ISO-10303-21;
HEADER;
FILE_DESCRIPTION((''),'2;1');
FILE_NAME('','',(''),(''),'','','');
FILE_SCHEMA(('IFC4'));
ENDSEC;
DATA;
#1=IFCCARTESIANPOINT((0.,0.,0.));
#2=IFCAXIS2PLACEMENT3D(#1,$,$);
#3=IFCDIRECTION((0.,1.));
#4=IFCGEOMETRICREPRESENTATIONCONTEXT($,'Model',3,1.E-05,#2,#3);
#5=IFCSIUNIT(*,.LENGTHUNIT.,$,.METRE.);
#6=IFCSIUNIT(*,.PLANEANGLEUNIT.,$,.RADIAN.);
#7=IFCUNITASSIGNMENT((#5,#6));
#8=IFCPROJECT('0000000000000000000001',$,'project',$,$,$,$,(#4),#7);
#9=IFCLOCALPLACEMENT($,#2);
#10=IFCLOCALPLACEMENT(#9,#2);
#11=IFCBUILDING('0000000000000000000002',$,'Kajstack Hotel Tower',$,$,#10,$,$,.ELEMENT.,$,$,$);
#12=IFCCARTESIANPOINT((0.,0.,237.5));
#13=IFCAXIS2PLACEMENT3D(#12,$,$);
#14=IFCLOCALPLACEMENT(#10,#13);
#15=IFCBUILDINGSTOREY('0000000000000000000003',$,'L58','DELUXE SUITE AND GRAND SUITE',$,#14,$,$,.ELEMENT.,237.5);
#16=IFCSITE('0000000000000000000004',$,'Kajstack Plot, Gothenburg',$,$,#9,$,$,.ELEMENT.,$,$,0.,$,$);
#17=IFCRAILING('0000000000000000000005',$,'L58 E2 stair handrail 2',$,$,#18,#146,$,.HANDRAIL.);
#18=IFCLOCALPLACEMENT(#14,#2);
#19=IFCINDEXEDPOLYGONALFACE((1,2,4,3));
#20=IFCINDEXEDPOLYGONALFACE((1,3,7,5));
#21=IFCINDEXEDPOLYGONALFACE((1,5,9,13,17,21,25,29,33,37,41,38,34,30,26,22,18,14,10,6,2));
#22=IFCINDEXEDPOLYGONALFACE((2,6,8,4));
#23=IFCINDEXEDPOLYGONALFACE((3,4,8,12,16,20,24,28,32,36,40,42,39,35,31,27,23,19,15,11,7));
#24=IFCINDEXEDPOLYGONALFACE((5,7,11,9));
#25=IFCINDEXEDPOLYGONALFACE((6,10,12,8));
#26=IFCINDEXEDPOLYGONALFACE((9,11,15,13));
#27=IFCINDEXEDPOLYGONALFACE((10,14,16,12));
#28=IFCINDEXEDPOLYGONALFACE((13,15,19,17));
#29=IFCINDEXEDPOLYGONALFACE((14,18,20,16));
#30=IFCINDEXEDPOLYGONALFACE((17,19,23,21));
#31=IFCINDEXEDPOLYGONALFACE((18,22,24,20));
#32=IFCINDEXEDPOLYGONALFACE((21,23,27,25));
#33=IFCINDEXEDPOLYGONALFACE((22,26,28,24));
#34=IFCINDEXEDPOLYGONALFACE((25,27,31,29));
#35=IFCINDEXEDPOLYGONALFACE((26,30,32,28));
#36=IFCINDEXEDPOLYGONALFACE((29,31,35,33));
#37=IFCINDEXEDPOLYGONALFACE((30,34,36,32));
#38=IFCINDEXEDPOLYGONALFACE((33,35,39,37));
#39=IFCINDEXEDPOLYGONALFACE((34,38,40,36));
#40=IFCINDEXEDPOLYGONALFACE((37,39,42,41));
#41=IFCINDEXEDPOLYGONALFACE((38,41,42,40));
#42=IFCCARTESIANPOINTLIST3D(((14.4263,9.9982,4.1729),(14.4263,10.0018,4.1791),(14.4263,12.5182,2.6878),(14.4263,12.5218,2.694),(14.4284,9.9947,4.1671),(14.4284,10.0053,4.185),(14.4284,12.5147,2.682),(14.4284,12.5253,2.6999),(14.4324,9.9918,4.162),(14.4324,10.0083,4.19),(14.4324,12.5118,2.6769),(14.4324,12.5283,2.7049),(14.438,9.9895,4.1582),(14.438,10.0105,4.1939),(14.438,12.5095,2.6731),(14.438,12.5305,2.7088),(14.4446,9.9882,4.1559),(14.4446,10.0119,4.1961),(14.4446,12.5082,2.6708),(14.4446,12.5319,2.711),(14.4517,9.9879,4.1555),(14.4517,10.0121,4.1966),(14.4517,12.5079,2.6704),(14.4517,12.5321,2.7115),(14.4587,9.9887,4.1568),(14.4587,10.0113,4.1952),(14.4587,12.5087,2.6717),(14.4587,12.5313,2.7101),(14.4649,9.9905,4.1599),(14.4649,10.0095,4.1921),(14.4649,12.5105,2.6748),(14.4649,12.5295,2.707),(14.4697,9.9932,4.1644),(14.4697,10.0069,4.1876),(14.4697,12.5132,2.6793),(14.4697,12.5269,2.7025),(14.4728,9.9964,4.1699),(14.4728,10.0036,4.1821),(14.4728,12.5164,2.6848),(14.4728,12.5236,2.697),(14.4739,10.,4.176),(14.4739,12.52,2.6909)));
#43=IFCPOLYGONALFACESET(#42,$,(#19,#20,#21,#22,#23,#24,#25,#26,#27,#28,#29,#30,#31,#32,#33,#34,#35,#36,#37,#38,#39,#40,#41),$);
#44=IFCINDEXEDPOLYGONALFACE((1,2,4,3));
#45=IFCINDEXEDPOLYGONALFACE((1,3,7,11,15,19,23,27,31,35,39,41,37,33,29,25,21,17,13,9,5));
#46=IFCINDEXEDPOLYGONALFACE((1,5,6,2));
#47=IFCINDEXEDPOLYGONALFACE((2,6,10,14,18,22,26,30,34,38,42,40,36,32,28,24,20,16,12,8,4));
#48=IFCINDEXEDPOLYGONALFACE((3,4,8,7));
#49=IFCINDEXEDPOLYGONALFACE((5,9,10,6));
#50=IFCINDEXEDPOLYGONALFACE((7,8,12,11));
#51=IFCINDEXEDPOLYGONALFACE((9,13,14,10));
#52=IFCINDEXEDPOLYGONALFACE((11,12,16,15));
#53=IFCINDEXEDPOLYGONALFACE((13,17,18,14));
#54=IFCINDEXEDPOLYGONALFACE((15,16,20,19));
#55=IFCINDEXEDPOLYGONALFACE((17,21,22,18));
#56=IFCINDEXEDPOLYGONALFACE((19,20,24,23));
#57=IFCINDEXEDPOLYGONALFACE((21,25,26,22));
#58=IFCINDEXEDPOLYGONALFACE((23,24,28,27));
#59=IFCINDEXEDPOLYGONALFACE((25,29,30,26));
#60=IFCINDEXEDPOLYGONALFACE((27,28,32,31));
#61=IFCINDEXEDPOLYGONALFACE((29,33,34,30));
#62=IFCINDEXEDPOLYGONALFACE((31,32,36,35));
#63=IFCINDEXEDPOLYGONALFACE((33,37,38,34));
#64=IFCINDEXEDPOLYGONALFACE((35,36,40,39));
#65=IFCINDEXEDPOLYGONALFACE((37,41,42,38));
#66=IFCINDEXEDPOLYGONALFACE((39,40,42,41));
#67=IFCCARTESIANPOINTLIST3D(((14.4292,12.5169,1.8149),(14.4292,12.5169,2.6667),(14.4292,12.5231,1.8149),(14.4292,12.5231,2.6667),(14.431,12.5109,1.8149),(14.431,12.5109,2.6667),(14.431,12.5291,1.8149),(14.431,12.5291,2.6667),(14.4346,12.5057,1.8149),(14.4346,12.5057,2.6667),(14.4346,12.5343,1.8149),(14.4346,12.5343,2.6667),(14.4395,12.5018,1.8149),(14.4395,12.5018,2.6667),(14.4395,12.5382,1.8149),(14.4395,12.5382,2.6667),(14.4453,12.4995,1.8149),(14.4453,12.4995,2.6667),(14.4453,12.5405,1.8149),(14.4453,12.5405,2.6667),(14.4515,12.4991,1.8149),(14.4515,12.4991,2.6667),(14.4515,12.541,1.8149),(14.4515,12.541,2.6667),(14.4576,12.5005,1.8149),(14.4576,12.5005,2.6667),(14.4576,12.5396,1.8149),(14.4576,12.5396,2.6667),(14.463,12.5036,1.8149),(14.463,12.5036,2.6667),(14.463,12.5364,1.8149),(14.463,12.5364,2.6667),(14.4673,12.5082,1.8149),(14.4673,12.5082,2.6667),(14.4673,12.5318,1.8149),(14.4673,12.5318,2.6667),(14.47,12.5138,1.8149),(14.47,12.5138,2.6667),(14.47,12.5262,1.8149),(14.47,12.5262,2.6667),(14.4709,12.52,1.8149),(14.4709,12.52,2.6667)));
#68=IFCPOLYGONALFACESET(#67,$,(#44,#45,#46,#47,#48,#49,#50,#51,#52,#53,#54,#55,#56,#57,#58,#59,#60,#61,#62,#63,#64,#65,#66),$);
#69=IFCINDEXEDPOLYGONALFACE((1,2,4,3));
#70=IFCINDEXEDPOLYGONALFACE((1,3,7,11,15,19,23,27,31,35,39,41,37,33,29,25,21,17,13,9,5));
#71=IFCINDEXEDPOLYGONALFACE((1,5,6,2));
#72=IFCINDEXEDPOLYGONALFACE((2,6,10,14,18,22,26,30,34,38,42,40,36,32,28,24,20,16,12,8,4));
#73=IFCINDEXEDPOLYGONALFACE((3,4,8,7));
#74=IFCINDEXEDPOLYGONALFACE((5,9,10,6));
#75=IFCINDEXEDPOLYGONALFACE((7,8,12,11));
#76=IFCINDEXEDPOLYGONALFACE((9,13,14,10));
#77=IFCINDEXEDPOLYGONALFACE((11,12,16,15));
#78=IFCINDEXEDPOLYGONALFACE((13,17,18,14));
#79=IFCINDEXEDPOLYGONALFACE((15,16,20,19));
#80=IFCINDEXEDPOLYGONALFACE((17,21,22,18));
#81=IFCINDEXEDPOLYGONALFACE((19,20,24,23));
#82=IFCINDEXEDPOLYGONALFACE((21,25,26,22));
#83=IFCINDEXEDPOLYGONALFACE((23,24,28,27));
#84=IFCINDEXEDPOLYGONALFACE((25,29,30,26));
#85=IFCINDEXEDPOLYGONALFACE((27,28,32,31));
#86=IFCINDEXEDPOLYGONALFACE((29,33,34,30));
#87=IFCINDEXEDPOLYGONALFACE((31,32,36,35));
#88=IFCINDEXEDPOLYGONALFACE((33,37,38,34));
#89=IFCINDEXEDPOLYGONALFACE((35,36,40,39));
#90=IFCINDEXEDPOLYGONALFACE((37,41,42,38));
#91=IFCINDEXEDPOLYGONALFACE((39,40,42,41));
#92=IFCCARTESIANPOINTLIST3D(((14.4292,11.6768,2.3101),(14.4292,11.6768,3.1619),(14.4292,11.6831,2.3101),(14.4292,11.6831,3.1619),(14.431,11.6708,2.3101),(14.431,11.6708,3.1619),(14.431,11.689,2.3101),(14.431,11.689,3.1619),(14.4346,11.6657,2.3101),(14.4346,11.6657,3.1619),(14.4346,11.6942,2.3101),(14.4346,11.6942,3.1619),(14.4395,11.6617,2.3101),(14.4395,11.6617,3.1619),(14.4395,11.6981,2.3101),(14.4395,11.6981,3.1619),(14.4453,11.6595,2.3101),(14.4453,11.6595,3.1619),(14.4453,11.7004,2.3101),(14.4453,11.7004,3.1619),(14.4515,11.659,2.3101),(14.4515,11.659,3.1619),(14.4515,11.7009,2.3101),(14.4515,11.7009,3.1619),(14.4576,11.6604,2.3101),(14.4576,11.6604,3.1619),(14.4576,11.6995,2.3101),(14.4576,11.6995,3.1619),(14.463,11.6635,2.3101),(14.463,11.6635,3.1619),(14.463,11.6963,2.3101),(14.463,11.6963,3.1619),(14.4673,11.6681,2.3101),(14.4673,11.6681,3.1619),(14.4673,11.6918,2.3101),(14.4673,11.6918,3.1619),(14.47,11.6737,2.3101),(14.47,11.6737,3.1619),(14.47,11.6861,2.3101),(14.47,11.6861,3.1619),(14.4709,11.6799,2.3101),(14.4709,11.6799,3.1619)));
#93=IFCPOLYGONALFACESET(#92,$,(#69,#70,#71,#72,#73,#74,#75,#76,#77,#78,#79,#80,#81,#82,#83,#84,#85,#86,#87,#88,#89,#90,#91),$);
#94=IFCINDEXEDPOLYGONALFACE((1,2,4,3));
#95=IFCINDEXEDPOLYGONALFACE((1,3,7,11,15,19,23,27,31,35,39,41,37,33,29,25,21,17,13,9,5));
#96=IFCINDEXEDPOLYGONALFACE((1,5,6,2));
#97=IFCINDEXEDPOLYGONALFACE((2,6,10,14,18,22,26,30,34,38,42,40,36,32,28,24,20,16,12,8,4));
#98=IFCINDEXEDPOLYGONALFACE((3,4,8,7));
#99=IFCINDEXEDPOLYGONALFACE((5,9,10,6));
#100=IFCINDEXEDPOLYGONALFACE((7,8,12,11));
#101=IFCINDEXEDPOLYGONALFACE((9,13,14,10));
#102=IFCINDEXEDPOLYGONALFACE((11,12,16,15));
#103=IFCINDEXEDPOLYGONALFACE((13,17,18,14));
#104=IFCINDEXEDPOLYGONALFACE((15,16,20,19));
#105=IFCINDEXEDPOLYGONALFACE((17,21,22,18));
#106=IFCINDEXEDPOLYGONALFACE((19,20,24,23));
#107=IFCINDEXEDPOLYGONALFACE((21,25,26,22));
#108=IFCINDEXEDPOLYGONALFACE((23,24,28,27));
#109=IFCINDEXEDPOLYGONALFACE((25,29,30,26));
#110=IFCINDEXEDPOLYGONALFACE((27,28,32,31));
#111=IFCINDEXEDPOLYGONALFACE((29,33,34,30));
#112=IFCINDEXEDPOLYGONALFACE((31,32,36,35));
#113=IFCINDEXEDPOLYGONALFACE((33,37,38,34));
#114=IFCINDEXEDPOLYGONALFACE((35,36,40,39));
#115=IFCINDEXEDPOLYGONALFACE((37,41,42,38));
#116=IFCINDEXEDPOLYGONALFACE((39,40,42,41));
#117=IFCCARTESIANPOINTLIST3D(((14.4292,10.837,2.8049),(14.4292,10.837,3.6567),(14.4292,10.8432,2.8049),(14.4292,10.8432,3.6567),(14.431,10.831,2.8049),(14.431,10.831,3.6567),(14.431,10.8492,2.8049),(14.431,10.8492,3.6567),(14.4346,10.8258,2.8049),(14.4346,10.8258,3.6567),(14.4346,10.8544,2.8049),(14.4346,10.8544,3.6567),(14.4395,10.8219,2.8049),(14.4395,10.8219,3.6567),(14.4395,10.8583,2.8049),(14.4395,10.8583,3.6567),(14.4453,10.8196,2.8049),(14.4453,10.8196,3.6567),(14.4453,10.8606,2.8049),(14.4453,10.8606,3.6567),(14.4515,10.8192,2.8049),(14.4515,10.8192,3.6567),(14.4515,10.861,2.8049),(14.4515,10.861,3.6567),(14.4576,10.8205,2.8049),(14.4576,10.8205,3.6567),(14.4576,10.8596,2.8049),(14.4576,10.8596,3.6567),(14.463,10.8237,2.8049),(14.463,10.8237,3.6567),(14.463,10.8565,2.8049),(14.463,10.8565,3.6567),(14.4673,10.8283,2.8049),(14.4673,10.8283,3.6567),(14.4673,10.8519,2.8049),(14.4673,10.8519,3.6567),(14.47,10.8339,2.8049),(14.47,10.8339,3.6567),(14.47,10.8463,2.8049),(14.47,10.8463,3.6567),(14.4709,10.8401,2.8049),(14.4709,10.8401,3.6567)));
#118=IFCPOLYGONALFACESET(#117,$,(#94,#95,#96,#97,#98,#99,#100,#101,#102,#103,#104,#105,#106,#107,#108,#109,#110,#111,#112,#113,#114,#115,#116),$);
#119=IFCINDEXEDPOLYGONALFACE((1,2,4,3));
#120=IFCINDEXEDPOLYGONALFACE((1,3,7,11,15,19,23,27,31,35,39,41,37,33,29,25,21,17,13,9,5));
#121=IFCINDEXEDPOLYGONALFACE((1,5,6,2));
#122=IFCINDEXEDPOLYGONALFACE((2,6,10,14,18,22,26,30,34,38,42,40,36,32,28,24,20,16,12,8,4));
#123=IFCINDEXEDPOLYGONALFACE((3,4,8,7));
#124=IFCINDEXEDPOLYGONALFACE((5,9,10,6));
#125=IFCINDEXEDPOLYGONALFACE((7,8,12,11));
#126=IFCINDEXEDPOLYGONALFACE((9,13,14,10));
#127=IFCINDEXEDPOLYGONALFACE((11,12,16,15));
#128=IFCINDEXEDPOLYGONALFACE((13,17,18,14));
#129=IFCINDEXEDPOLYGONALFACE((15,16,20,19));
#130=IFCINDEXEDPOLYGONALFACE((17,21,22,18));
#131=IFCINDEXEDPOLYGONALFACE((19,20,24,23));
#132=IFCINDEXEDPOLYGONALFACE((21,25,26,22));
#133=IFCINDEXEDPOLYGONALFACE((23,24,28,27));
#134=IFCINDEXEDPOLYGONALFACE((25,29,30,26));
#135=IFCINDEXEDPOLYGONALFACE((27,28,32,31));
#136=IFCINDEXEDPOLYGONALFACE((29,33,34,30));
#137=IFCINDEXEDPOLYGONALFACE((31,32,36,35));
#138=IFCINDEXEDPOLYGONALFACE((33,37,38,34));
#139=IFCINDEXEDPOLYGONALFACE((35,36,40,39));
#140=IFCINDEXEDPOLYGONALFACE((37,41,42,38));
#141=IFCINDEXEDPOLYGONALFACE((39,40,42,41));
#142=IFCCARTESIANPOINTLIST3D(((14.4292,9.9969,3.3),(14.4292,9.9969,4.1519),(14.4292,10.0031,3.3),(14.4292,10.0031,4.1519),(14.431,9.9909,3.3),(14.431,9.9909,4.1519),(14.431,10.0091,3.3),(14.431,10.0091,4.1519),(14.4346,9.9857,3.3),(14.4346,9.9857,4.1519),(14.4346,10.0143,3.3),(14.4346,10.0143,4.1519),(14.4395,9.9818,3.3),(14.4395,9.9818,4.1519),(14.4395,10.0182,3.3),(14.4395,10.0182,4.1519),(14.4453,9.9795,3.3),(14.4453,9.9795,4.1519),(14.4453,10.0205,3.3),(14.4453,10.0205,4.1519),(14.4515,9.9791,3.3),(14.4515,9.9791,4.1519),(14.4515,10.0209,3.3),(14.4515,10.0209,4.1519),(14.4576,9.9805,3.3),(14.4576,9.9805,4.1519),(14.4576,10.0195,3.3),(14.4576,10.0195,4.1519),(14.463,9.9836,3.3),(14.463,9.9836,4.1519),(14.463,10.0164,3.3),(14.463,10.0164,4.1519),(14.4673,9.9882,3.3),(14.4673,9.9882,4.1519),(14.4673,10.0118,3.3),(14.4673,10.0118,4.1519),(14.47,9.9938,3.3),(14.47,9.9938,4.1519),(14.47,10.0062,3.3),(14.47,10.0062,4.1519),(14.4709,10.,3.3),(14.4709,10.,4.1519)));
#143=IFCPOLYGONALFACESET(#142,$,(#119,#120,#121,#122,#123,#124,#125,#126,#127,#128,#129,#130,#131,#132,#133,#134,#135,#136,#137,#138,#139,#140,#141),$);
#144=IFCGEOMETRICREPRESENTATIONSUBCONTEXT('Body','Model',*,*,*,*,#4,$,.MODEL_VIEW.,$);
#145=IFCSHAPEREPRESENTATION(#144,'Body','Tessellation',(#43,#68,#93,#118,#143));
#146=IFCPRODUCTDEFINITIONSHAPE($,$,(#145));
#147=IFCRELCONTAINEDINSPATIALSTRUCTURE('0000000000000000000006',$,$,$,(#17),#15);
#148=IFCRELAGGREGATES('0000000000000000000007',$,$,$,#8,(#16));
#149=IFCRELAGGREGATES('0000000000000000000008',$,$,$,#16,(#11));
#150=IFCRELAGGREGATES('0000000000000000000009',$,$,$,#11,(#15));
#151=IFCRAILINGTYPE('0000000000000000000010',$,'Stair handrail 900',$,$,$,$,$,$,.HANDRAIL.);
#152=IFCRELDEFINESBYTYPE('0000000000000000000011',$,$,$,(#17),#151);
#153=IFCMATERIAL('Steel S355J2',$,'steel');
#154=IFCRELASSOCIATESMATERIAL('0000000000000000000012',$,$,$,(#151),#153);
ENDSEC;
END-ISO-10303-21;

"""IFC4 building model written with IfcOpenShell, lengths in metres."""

from ifc_helpers import new_model, si_unit, direction, frame, origin, origin_2d, place, context, subcontext, project, spatial, circle, extrude, material, type_object, element, save


model = new_model("IFC4")

# Units and contexts
model_context = context("Model", 3, precision=1e-05, world=origin(), true_north=direction((0.0, 1.0)))
body_context = subcontext(model_context, "Body", "Model", "MODEL_VIEW")
ifc_project = project(units=[si_unit("LENGTHUNIT", "METRE"), si_unit("PLANEANGLEUNIT", "RADIAN")], contexts=[model_context])

# Site, building, storey
site_placement = place(None, origin())
site = spatial("IfcSite", under=ifc_project, at=site_placement, Name="Kajstack Plot, Gothenburg", CompositionType="ELEMENT", RefElevation=0.0)
building_placement = place(site_placement, origin())
building = spatial("IfcBuilding", under=site, at=building_placement, Name="Kajstack Hotel Tower", CompositionType="ELEMENT")
storey_placement = place(building_placement, frame((0.0, 0.0, 237.5)))
storey = spatial("IfcBuildingStorey", under=building, at=storey_placement, Name="L58", Description="DELUXE SUITE AND GRAND SUITE", CompositionType="ELEMENT", Elevation=237.5)

# Railing
ifc_material_1 = material(Name="Steel S355J2", Category="steel")
railing_type_1 = type_object("IfcRailingType", Name="Stair handrail 900", PredefinedType="HANDRAIL", material=ifc_material_1)
railing_1_placement = place(storey_placement, frame((14.45, 12.52, 1.8149)))
element("IfcRailing", 1, at=railing_1_placement, inside=storey, type_object=railing_type_1, Name="L58 E2 stair handrail 2", PredefinedType="HANDRAIL", context=body_context, shape_type="SweptSolid", body=[
    extrude(circle(Radius=0.0239, at=origin_2d()), frame((0.0, 0.0, 0.876), z_axis=(0.0, -0.861524, 0.507717), x_axis=(1.0, 0.0, 0.0)), (0.0, 0.0, 1.0), 2.925),
    extrude(circle(Radius=0.021, at=origin_2d()), origin(), (0.0, 0.0, 1.0), 0.8518),
    extrude(circle(Radius=0.021, at=origin_2d()), frame((0.0, -0.8401, 0.4951)), (0.0, 0.0, 1.0), 0.8518),
    extrude(circle(Radius=0.021, at=origin_2d()), frame((0.0, -1.6799, 0.99)), (0.0, 0.0, 1.0), 0.8518),
    extrude(circle(Radius=0.021, at=origin_2d()), frame((0.0, -2.52, 1.4851)), (0.0, 0.0, 1.0), 0.8518),
])

save(model, "model.ifc")
